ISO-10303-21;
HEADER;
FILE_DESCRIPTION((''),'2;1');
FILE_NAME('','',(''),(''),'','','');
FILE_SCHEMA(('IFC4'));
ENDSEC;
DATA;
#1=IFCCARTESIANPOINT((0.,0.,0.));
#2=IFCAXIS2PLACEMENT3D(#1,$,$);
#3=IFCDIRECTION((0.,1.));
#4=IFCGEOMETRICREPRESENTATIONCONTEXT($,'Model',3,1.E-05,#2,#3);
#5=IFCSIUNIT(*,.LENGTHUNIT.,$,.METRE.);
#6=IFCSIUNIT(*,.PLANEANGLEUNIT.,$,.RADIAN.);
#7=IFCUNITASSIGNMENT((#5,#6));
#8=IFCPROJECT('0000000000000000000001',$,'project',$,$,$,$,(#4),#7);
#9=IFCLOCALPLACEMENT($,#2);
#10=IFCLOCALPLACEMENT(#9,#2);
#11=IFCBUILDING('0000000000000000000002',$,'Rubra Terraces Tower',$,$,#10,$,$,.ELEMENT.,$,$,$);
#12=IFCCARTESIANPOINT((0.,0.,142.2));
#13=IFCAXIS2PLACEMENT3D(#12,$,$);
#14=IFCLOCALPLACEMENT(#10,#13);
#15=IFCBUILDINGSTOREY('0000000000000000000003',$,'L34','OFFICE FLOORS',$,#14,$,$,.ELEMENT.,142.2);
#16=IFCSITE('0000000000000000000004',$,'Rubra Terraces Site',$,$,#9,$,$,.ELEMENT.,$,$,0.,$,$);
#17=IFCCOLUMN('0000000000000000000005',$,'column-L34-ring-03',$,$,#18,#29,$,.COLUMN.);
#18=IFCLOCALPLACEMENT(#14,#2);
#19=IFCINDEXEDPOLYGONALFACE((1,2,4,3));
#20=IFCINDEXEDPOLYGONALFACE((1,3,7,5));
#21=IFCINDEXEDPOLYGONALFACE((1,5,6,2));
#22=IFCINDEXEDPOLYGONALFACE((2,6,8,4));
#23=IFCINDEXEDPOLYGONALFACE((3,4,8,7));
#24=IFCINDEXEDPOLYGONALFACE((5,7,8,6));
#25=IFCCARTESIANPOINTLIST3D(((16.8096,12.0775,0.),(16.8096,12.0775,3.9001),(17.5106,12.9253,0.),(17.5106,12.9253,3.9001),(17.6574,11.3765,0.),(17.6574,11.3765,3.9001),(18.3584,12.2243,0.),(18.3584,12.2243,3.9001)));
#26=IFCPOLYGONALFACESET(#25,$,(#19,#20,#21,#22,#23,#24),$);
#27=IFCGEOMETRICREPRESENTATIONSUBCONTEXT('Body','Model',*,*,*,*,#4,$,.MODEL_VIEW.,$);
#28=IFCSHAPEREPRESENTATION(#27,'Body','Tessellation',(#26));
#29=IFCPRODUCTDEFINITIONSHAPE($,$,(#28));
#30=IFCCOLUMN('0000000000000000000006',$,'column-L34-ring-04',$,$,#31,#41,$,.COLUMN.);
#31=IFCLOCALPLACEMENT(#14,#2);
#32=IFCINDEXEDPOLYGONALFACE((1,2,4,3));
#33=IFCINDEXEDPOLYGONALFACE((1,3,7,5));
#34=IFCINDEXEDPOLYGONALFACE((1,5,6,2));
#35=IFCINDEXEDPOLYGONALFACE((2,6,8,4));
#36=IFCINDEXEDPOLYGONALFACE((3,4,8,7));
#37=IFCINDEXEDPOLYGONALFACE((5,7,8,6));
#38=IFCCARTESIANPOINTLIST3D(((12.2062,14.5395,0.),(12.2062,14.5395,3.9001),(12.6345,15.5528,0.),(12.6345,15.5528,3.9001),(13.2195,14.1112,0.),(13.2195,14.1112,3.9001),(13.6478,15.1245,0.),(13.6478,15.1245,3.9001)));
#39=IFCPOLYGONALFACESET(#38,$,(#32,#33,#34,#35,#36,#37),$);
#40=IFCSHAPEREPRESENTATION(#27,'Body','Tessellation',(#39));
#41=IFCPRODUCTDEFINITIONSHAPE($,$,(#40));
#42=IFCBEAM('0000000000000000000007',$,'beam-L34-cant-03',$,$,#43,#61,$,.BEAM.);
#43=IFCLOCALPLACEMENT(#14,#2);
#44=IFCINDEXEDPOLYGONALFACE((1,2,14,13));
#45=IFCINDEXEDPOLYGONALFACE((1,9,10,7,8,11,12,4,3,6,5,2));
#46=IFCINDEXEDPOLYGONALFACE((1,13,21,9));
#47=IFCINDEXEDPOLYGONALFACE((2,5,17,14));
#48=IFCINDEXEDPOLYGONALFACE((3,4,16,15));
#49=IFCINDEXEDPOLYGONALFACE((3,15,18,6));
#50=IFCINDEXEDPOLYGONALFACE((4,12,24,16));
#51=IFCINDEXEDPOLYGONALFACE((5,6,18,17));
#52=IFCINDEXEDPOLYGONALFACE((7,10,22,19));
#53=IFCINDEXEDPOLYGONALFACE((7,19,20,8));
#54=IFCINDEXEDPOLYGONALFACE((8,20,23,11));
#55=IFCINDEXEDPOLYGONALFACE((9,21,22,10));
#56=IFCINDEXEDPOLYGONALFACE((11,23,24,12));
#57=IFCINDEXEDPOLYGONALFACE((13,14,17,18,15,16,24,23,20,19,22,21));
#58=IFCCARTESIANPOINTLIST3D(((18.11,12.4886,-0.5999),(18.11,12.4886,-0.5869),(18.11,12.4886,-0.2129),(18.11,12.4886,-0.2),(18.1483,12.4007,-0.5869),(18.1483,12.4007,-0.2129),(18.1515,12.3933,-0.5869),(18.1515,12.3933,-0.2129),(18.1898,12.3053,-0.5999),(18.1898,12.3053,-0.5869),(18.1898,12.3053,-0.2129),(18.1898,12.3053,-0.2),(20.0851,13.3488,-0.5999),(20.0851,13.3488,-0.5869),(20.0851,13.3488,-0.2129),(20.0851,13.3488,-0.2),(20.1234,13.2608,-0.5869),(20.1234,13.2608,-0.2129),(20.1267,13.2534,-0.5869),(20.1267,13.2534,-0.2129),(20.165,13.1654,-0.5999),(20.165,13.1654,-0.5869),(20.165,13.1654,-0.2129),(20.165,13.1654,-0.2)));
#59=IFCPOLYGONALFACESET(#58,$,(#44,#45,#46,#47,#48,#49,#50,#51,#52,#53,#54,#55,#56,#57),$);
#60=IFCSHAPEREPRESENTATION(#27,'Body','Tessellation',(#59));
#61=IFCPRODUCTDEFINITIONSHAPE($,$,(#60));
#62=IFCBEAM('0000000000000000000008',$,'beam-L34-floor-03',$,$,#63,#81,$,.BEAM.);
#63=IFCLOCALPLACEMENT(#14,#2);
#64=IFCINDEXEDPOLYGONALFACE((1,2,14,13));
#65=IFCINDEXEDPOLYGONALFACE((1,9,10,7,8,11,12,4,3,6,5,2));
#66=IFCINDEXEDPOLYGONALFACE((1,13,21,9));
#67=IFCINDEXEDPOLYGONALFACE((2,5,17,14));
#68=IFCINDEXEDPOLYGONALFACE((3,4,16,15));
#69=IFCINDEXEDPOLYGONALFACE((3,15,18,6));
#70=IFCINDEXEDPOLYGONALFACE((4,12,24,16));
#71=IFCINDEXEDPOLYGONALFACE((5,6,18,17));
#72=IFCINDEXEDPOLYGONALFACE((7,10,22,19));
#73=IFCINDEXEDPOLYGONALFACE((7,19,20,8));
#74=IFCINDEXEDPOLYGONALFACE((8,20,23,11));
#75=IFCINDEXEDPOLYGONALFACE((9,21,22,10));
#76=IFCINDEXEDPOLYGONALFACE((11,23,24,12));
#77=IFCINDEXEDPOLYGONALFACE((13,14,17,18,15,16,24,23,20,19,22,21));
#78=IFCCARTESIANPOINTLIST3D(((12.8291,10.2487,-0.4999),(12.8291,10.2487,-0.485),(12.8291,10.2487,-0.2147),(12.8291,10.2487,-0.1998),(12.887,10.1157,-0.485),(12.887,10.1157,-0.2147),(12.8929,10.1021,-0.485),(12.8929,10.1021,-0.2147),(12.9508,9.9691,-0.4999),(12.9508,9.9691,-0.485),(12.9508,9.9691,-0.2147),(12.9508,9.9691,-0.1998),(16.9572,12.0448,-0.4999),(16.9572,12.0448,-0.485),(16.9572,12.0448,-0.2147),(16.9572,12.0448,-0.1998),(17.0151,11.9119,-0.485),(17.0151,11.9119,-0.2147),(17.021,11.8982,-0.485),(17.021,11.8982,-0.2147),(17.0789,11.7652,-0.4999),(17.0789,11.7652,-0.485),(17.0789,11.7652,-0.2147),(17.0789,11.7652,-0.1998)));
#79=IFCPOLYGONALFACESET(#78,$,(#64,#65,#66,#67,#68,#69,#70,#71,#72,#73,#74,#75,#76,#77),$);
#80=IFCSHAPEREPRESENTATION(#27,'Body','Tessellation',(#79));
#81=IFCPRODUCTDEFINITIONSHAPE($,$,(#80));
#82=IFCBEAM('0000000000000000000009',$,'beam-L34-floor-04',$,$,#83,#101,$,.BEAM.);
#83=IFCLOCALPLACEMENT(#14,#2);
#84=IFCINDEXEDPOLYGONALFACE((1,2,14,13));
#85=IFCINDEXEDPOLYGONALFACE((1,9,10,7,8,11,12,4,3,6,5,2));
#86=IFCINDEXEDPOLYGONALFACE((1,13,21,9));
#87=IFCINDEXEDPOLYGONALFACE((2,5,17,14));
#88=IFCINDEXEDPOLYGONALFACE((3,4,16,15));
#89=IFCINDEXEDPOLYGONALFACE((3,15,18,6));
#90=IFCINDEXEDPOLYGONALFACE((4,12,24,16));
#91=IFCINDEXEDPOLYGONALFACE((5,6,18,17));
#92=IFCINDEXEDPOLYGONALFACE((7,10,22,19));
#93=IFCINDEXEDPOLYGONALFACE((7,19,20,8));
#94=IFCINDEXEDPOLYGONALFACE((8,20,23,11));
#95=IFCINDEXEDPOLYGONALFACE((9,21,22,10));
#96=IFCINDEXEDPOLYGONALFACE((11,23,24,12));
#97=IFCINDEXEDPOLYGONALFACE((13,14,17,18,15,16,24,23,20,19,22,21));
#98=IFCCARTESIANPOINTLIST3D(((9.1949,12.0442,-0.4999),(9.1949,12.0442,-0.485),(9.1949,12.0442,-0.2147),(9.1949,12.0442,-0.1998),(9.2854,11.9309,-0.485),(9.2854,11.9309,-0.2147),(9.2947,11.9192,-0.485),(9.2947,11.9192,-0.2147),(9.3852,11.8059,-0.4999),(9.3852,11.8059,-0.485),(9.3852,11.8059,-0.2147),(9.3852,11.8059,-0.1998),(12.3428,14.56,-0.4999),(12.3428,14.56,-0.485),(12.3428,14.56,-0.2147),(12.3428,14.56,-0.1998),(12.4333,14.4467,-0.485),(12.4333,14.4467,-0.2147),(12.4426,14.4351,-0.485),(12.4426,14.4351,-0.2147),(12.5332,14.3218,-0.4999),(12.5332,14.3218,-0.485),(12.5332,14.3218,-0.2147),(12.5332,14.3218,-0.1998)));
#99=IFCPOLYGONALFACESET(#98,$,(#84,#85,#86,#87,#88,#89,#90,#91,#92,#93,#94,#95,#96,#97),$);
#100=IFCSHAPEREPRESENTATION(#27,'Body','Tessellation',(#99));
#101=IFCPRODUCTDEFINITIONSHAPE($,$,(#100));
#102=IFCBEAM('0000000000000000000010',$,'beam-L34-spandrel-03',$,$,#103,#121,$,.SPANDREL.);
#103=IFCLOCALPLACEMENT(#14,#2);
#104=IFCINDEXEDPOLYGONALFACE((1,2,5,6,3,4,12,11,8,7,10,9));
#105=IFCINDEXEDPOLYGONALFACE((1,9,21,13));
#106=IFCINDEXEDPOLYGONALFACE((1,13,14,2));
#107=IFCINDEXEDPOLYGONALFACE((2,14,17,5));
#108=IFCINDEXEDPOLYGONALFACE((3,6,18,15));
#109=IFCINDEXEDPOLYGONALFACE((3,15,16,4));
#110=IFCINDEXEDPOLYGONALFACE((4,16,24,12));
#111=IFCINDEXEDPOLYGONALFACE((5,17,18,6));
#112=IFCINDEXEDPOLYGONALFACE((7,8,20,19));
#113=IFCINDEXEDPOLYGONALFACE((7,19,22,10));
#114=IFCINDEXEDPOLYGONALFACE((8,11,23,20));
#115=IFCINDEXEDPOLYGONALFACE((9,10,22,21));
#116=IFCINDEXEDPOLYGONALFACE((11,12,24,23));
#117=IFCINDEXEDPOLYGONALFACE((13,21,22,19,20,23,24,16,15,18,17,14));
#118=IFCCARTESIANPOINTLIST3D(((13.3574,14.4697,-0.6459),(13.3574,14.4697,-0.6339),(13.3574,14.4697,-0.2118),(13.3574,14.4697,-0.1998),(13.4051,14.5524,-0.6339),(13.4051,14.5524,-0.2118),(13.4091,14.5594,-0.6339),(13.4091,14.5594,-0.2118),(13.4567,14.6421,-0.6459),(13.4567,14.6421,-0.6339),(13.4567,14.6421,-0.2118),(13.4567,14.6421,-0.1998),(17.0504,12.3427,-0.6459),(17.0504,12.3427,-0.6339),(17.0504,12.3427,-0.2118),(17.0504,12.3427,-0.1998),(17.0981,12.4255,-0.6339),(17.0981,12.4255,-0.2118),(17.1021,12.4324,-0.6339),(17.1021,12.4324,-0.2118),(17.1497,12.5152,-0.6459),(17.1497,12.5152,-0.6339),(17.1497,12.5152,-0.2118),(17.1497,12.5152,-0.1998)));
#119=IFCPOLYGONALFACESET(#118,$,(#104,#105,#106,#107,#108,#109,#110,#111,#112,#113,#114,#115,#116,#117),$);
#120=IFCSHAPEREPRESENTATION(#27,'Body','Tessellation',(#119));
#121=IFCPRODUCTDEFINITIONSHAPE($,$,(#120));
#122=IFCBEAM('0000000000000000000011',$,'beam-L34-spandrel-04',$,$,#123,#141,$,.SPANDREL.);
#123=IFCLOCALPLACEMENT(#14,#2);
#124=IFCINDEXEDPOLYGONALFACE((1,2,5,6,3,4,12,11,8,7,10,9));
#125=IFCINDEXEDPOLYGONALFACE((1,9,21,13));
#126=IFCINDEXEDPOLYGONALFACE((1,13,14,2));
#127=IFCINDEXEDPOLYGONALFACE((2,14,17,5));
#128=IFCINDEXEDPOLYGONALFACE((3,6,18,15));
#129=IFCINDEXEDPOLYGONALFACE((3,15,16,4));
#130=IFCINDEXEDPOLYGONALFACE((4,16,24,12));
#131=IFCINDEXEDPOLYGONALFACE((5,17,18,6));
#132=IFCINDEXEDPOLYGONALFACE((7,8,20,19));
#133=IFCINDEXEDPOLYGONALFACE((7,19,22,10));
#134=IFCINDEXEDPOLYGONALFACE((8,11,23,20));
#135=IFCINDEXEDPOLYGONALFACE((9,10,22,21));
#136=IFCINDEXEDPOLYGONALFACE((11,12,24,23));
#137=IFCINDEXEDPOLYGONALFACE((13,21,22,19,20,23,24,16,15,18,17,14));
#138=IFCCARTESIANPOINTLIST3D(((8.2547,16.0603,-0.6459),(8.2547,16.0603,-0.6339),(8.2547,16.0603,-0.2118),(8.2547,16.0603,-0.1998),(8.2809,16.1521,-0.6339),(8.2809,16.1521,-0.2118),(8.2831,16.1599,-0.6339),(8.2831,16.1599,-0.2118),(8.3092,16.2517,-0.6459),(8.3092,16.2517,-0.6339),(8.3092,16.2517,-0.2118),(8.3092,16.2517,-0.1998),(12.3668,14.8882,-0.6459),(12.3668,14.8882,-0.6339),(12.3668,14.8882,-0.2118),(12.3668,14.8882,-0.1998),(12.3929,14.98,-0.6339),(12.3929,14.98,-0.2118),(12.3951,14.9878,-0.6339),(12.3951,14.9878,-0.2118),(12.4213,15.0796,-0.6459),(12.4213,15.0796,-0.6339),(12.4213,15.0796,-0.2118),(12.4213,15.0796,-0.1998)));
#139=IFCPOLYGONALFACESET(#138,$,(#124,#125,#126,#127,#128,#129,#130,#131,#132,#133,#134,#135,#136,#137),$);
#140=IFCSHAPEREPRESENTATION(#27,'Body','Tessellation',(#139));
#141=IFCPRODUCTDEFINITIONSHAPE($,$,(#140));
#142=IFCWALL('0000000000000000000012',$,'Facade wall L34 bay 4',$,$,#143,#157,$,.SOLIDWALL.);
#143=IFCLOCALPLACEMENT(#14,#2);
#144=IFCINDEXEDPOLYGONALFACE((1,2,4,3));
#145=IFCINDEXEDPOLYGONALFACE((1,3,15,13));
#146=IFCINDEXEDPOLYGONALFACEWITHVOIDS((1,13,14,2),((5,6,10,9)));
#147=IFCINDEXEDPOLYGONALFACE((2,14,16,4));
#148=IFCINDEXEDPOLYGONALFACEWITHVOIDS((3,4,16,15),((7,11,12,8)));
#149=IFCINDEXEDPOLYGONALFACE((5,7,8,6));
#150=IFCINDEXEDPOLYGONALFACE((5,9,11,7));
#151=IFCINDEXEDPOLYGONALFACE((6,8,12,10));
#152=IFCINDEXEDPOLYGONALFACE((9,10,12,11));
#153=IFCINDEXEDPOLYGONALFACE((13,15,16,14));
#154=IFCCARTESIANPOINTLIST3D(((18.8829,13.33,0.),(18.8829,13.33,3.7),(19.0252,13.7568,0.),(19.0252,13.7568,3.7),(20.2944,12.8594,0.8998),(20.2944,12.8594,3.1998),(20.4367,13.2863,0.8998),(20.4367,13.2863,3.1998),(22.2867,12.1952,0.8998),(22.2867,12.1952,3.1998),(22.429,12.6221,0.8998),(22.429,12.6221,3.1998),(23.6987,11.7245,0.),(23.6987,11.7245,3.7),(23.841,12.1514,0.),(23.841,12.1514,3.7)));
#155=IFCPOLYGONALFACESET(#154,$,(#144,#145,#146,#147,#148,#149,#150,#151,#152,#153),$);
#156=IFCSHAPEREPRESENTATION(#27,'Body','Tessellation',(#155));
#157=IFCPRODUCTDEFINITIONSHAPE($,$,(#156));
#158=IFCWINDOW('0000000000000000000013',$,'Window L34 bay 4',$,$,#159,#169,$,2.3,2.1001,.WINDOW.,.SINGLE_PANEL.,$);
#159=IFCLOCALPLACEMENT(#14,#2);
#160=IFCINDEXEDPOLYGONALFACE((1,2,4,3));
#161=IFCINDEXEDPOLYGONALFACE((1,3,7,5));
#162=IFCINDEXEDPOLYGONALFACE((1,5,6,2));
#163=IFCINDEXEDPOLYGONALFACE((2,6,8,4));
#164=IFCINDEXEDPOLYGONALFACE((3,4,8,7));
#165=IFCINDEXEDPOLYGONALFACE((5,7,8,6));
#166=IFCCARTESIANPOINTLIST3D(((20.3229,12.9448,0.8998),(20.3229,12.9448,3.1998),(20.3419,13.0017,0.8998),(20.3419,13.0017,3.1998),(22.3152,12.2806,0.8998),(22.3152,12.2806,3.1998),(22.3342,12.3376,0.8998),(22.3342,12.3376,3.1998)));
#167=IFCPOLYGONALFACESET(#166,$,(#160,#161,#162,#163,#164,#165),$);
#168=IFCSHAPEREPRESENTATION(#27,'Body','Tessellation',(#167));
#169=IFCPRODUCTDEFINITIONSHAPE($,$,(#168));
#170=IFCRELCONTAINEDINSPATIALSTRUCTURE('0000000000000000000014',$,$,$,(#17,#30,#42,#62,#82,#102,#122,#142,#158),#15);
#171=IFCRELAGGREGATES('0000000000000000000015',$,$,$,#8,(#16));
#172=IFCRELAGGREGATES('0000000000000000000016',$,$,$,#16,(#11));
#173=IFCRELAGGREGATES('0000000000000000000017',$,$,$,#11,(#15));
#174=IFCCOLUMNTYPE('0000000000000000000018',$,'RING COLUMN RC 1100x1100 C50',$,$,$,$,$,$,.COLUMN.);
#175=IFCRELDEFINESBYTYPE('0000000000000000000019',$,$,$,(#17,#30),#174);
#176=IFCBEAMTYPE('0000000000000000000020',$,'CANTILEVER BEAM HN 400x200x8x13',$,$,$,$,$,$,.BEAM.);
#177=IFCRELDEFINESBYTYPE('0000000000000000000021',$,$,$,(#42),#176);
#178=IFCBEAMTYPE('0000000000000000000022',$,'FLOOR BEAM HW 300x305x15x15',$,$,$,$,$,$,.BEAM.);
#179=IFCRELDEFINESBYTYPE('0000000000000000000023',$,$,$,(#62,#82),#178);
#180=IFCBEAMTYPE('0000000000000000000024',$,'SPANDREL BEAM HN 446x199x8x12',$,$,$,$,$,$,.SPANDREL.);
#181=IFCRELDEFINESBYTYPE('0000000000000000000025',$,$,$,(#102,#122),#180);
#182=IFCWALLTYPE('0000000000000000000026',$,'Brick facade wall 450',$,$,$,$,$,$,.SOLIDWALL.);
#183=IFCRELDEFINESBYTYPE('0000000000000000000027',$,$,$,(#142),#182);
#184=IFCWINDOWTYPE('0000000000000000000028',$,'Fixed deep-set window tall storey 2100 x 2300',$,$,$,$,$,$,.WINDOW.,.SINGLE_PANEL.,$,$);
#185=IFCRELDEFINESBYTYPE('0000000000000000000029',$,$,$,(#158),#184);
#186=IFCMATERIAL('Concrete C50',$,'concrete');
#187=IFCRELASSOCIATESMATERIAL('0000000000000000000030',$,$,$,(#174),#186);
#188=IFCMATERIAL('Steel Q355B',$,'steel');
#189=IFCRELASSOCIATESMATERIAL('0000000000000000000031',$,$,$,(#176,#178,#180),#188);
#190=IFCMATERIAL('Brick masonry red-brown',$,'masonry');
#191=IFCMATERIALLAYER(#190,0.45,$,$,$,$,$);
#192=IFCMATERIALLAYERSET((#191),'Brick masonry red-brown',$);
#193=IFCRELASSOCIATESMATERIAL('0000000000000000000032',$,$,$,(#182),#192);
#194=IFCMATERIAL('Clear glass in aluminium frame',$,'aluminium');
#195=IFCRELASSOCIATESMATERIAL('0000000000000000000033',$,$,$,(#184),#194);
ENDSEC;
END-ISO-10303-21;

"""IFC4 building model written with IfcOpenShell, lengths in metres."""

from ifc_helpers import new_model, si_unit, direction, frame, frame_2d, origin, origin_2d, place, context, subcontext, project, spatial, rectangle, i_section, extrude, material, layer, layer_set, material_profile, profile_set, type_object, element, fill, save


model = new_model("IFC4")

# Units and contexts
model_context = context("Model", 3, precision=1e-05, world=origin(), true_north=direction((0.0, 1.0)))
body_context = subcontext(model_context, "Body", "Model", "MODEL_VIEW")
ifc_project = project(units=[si_unit("LENGTHUNIT", "METRE"), si_unit("PLANEANGLEUNIT", "RADIAN")], contexts=[model_context])

# Site, building, storey
site_placement = place(None, origin())
site = spatial("IfcSite", under=ifc_project, at=site_placement, Name="Rubra Terraces Site", CompositionType="ELEMENT", RefElevation=0.0)
building_placement = place(site_placement, origin())
building = spatial("IfcBuilding", under=site, at=building_placement, Name="Rubra Terraces Tower", CompositionType="ELEMENT")
storey_placement = place(building_placement, frame((0.0, 0.0, 142.2)))
storey = spatial("IfcBuildingStorey", under=building, at=storey_placement, Name="L34", Description="OFFICE FLOORS", CompositionType="ELEMENT", Elevation=142.2)

# Columns
ifc_material_1 = material(Name="Concrete C50", Category="concrete")
ifc_material_profile_1 = material_profile(ifc_material_1, rectangle(XDim=1.1001, YDim=1.1001, at=origin_2d()), Name="RC 1100x1100")
ifc_profile_set_1 = profile_set([ifc_material_profile_1], Name="Concrete C50")
column_type = type_object("IfcColumnType", Name="RING COLUMN RC 1100x1100 C50", PredefinedType="COLUMN", material=ifc_profile_set_1)
for number, where, z_axis, x_axis, name in (
    (1, (17.584, 12.1509, 0.0), (0.0, 0.0, 1.0), (-0.770679, 0.637223, 0.0), "column-L34-ring-03"),
    (2, (12.927, 14.832, 0.0), (0.0, 0.0, 1.0), (-0.921106, 0.389313, 0.0), "column-L34-ring-04"),
):
    element("IfcColumn", number, at=place(storey_placement, frame(where, z_axis=z_axis, x_axis=x_axis)), inside=storey, type_object=column_type, Name=name, PredefinedType="COLUMN", context=body_context, shape_type="SweptSolid", body=[
        extrude(rectangle(XDim=1.1001, YDim=1.1001, at=origin_2d()), origin(), (0.0, 0.0, 1.0), 3.9001),
    ])

# Beams
ifc_material_2 = material(Name="Steel Q355B", Category="steel")
ifc_material_profile_2 = material_profile(ifc_material_2, i_section(OverallWidth=0.2, OverallDepth=0.3999, WebThickness=0.0081, FlangeThickness=0.0129, at=origin_2d()), Name="HN 400x200x8x13")
ifc_profile_set_2 = profile_set([ifc_material_profile_2], Name="Steel Q355B")
beam_type_1 = type_object("IfcBeamType", Name="CANTILEVER BEAM HN 400x200x8x13", PredefinedType="BEAM", material=ifc_profile_set_2)
beam_1_placement = place(storey_placement, frame((18.1499, 12.397, -0.3999), z_axis=(0.916837, 0.399261, 0.0), x_axis=(-0.399261, 0.916837, 0.0)))
element("IfcBeam", 3, at=beam_1_placement, inside=storey, type_object=beam_type_1, Name="beam-L34-cant-03", PredefinedType="BEAM", context=body_context, shape_type="SweptSolid", body=[
    extrude(i_section(OverallWidth=0.2, OverallDepth=0.3999, WebThickness=0.0081, FlangeThickness=0.0129, at=origin_2d()), origin(), (0.0, 0.0, 1.0), 2.1543),
])
ifc_material_profile_3 = material_profile(ifc_material_2, i_section(OverallWidth=0.3049, OverallDepth=0.3, WebThickness=0.0149, FlangeThickness=0.0149, at=origin_2d()), Name="HW 300x305x15x15")
ifc_profile_set_3 = profile_set([ifc_material_profile_3], Name="Steel Q355B")
beam_type_2 = type_object("IfcBeamType", Name="FLOOR BEAM HW 300x305x15x15", PredefinedType="BEAM", material=ifc_profile_set_3)
beam_2_placement = place(storey_placement, frame((17.0181, 11.905, -0.3499), z_axis=(-0.916966, -0.398966, 0.0), x_axis=(0.398966, -0.916966, 0.0)))
element("IfcBeam", 4, at=beam_2_placement, inside=storey, type_object=beam_type_2, Name="beam-L34-floor-03", PredefinedType="BEAM", context=body_context, shape_type="SweptSolid", body=[
    extrude(i_section(OverallWidth=0.3049, OverallDepth=0.3, WebThickness=0.0149, FlangeThickness=0.0149, at=origin_2d()), origin(), (0.0, 0.0, 1.0), 4.502),
])
beam_3_placement = place(storey_placement, frame((12.438, 14.4409, -0.3499), z_axis=(-0.78117, -0.624318, 0.0), x_axis=(0.624318, -0.78117, 0.0)))
element("IfcBeam", 5, at=beam_3_placement, inside=storey, type_object=beam_type_2, Name="beam-L34-floor-04", PredefinedType="BEAM", context=body_context, shape_type="SweptSolid", body=[
    extrude(i_section(OverallWidth=0.3049, OverallDepth=0.3, WebThickness=0.0149, FlangeThickness=0.0149, at=origin_2d()), origin(), (0.0, 0.0, 1.0), 4.0298),
])
ifc_material_profile_4 = material_profile(ifc_material_2, i_section(OverallWidth=0.199, OverallDepth=0.446, WebThickness=0.0081, FlangeThickness=0.012, at=origin_2d()), Name="HN 446x199x8x12")
ifc_profile_set_4 = profile_set([ifc_material_profile_4], Name="Steel Q355B")
beam_type_3 = type_object("IfcBeamType", Name="SPANDREL BEAM HN 446x199x8x12", PredefinedType="SPANDREL", material=ifc_profile_set_4)
beam_4_placement = place(storey_placement, frame((17.1001, 12.429, -0.4229), z_axis=(-0.86656, 0.499073, 0.0), x_axis=(-0.499073, -0.86656, 0.0)))
element("IfcBeam", 6, at=beam_4_placement, inside=storey, type_object=beam_type_3, Name="beam-L34-spandrel-03", PredefinedType="SPANDREL", context=body_context, shape_type="SweptSolid", body=[
    extrude(i_section(OverallWidth=0.199, OverallDepth=0.446, WebThickness=0.0081, FlangeThickness=0.012, at=origin_2d()), origin(), (0.0, 0.0, 1.0), 4.2617),
])
beam_5_placement = place(storey_placement, frame((12.394, 14.9839, -0.4229), z_axis=(-0.961694, 0.274125, 0.0), x_axis=(-0.274125, -0.961694, 0.0)))
element("IfcBeam", 7, at=beam_5_placement, inside=storey, type_object=beam_type_3, Name="beam-L34-spandrel-04", PredefinedType="SPANDREL", context=body_context, shape_type="SweptSolid", body=[
    extrude(i_section(OverallWidth=0.199, OverallDepth=0.446, WebThickness=0.0081, FlangeThickness=0.012, at=origin_2d()), origin(), (0.0, 0.0, 1.0), 4.2759),
])

# Wall, opening, window
ifc_material_3 = material(Name="Brick masonry red-brown", Category="masonry")
ifc_layer_1 = layer(ifc_material_3, 0.45)
ifc_layer_set_1 = layer_set([ifc_layer_1], Name="Brick masonry red-brown")
wall_type_1 = type_object("IfcWallType", Name="Brick facade wall 450", PredefinedType="SOLIDWALL", material=ifc_layer_set_1)
wall_1_placement = place(storey_placement, frame((23.7698, 11.938, 0.0), z_axis=(0.0, 0.0, 1.0), x_axis=(-0.948674, 0.316257, 0.0)))
wall_1 = element("IfcWall", 8, at=wall_1_placement, inside=storey, type_object=wall_type_1, Name="Facade wall L34 bay 4", PredefinedType="SOLIDWALL", context=body_context, shape_type="SweptSolid", body=[
    extrude(rectangle(XDim=5.0764, YDim=0.45, at=frame_2d((2.5381, 0.0))), origin(), (0.0, 0.0, 1.0), 3.7),
])
opening_1_placement = place(wall_1_placement, frame((1.4883, 0.0, 0.8999)))
opening_1 = element("IfcOpeningElement", 9, at=opening_1_placement, cuts=wall_1, PredefinedType="OPENING", context=body_context, shape_type="SweptSolid", body=[
    extrude(rectangle(XDim=2.1001, YDim=2.3, at=frame_2d((1.05, 1.1499))), frame((0.0, 0.2349, 0.0), z_axis=(0.0, -1.0, 0.0), x_axis=(1.0, 0.0, 0.0)), (0.0, 0.0, 1.0), 0.47),
])
ifc_material_4 = material(Name="Clear glass in aluminium frame", Category="aluminium")
window_type = type_object("IfcWindowType", Name="Fixed deep-set window tall storey 2100 x 2300", PartitioningType="SINGLE_PANEL", PredefinedType="WINDOW", material=ifc_material_4)
window_1_placement = place(opening_1_placement, origin())
window_1 = element("IfcWindow", 10, at=window_1_placement, inside=storey, type_object=window_type, Name="Window L34 bay 4", OverallHeight=2.3, OverallWidth=2.1001, PartitioningType="SINGLE_PANEL", PredefinedType="WINDOW", context=body_context, shape_type="SweptSolid", body=[
    extrude(rectangle(XDim=2.1001, YDim=2.3, at=frame_2d((1.05, 1.1499))), frame((0.0, 0.135, 0.0), z_axis=(0.0, -1.0, 0.0), x_axis=(1.0, 0.0, 0.0)), (0.0, 0.0, 1.0), 0.0601),
])
fill(opening_1, window_1)

save(model, "model.ifc")
